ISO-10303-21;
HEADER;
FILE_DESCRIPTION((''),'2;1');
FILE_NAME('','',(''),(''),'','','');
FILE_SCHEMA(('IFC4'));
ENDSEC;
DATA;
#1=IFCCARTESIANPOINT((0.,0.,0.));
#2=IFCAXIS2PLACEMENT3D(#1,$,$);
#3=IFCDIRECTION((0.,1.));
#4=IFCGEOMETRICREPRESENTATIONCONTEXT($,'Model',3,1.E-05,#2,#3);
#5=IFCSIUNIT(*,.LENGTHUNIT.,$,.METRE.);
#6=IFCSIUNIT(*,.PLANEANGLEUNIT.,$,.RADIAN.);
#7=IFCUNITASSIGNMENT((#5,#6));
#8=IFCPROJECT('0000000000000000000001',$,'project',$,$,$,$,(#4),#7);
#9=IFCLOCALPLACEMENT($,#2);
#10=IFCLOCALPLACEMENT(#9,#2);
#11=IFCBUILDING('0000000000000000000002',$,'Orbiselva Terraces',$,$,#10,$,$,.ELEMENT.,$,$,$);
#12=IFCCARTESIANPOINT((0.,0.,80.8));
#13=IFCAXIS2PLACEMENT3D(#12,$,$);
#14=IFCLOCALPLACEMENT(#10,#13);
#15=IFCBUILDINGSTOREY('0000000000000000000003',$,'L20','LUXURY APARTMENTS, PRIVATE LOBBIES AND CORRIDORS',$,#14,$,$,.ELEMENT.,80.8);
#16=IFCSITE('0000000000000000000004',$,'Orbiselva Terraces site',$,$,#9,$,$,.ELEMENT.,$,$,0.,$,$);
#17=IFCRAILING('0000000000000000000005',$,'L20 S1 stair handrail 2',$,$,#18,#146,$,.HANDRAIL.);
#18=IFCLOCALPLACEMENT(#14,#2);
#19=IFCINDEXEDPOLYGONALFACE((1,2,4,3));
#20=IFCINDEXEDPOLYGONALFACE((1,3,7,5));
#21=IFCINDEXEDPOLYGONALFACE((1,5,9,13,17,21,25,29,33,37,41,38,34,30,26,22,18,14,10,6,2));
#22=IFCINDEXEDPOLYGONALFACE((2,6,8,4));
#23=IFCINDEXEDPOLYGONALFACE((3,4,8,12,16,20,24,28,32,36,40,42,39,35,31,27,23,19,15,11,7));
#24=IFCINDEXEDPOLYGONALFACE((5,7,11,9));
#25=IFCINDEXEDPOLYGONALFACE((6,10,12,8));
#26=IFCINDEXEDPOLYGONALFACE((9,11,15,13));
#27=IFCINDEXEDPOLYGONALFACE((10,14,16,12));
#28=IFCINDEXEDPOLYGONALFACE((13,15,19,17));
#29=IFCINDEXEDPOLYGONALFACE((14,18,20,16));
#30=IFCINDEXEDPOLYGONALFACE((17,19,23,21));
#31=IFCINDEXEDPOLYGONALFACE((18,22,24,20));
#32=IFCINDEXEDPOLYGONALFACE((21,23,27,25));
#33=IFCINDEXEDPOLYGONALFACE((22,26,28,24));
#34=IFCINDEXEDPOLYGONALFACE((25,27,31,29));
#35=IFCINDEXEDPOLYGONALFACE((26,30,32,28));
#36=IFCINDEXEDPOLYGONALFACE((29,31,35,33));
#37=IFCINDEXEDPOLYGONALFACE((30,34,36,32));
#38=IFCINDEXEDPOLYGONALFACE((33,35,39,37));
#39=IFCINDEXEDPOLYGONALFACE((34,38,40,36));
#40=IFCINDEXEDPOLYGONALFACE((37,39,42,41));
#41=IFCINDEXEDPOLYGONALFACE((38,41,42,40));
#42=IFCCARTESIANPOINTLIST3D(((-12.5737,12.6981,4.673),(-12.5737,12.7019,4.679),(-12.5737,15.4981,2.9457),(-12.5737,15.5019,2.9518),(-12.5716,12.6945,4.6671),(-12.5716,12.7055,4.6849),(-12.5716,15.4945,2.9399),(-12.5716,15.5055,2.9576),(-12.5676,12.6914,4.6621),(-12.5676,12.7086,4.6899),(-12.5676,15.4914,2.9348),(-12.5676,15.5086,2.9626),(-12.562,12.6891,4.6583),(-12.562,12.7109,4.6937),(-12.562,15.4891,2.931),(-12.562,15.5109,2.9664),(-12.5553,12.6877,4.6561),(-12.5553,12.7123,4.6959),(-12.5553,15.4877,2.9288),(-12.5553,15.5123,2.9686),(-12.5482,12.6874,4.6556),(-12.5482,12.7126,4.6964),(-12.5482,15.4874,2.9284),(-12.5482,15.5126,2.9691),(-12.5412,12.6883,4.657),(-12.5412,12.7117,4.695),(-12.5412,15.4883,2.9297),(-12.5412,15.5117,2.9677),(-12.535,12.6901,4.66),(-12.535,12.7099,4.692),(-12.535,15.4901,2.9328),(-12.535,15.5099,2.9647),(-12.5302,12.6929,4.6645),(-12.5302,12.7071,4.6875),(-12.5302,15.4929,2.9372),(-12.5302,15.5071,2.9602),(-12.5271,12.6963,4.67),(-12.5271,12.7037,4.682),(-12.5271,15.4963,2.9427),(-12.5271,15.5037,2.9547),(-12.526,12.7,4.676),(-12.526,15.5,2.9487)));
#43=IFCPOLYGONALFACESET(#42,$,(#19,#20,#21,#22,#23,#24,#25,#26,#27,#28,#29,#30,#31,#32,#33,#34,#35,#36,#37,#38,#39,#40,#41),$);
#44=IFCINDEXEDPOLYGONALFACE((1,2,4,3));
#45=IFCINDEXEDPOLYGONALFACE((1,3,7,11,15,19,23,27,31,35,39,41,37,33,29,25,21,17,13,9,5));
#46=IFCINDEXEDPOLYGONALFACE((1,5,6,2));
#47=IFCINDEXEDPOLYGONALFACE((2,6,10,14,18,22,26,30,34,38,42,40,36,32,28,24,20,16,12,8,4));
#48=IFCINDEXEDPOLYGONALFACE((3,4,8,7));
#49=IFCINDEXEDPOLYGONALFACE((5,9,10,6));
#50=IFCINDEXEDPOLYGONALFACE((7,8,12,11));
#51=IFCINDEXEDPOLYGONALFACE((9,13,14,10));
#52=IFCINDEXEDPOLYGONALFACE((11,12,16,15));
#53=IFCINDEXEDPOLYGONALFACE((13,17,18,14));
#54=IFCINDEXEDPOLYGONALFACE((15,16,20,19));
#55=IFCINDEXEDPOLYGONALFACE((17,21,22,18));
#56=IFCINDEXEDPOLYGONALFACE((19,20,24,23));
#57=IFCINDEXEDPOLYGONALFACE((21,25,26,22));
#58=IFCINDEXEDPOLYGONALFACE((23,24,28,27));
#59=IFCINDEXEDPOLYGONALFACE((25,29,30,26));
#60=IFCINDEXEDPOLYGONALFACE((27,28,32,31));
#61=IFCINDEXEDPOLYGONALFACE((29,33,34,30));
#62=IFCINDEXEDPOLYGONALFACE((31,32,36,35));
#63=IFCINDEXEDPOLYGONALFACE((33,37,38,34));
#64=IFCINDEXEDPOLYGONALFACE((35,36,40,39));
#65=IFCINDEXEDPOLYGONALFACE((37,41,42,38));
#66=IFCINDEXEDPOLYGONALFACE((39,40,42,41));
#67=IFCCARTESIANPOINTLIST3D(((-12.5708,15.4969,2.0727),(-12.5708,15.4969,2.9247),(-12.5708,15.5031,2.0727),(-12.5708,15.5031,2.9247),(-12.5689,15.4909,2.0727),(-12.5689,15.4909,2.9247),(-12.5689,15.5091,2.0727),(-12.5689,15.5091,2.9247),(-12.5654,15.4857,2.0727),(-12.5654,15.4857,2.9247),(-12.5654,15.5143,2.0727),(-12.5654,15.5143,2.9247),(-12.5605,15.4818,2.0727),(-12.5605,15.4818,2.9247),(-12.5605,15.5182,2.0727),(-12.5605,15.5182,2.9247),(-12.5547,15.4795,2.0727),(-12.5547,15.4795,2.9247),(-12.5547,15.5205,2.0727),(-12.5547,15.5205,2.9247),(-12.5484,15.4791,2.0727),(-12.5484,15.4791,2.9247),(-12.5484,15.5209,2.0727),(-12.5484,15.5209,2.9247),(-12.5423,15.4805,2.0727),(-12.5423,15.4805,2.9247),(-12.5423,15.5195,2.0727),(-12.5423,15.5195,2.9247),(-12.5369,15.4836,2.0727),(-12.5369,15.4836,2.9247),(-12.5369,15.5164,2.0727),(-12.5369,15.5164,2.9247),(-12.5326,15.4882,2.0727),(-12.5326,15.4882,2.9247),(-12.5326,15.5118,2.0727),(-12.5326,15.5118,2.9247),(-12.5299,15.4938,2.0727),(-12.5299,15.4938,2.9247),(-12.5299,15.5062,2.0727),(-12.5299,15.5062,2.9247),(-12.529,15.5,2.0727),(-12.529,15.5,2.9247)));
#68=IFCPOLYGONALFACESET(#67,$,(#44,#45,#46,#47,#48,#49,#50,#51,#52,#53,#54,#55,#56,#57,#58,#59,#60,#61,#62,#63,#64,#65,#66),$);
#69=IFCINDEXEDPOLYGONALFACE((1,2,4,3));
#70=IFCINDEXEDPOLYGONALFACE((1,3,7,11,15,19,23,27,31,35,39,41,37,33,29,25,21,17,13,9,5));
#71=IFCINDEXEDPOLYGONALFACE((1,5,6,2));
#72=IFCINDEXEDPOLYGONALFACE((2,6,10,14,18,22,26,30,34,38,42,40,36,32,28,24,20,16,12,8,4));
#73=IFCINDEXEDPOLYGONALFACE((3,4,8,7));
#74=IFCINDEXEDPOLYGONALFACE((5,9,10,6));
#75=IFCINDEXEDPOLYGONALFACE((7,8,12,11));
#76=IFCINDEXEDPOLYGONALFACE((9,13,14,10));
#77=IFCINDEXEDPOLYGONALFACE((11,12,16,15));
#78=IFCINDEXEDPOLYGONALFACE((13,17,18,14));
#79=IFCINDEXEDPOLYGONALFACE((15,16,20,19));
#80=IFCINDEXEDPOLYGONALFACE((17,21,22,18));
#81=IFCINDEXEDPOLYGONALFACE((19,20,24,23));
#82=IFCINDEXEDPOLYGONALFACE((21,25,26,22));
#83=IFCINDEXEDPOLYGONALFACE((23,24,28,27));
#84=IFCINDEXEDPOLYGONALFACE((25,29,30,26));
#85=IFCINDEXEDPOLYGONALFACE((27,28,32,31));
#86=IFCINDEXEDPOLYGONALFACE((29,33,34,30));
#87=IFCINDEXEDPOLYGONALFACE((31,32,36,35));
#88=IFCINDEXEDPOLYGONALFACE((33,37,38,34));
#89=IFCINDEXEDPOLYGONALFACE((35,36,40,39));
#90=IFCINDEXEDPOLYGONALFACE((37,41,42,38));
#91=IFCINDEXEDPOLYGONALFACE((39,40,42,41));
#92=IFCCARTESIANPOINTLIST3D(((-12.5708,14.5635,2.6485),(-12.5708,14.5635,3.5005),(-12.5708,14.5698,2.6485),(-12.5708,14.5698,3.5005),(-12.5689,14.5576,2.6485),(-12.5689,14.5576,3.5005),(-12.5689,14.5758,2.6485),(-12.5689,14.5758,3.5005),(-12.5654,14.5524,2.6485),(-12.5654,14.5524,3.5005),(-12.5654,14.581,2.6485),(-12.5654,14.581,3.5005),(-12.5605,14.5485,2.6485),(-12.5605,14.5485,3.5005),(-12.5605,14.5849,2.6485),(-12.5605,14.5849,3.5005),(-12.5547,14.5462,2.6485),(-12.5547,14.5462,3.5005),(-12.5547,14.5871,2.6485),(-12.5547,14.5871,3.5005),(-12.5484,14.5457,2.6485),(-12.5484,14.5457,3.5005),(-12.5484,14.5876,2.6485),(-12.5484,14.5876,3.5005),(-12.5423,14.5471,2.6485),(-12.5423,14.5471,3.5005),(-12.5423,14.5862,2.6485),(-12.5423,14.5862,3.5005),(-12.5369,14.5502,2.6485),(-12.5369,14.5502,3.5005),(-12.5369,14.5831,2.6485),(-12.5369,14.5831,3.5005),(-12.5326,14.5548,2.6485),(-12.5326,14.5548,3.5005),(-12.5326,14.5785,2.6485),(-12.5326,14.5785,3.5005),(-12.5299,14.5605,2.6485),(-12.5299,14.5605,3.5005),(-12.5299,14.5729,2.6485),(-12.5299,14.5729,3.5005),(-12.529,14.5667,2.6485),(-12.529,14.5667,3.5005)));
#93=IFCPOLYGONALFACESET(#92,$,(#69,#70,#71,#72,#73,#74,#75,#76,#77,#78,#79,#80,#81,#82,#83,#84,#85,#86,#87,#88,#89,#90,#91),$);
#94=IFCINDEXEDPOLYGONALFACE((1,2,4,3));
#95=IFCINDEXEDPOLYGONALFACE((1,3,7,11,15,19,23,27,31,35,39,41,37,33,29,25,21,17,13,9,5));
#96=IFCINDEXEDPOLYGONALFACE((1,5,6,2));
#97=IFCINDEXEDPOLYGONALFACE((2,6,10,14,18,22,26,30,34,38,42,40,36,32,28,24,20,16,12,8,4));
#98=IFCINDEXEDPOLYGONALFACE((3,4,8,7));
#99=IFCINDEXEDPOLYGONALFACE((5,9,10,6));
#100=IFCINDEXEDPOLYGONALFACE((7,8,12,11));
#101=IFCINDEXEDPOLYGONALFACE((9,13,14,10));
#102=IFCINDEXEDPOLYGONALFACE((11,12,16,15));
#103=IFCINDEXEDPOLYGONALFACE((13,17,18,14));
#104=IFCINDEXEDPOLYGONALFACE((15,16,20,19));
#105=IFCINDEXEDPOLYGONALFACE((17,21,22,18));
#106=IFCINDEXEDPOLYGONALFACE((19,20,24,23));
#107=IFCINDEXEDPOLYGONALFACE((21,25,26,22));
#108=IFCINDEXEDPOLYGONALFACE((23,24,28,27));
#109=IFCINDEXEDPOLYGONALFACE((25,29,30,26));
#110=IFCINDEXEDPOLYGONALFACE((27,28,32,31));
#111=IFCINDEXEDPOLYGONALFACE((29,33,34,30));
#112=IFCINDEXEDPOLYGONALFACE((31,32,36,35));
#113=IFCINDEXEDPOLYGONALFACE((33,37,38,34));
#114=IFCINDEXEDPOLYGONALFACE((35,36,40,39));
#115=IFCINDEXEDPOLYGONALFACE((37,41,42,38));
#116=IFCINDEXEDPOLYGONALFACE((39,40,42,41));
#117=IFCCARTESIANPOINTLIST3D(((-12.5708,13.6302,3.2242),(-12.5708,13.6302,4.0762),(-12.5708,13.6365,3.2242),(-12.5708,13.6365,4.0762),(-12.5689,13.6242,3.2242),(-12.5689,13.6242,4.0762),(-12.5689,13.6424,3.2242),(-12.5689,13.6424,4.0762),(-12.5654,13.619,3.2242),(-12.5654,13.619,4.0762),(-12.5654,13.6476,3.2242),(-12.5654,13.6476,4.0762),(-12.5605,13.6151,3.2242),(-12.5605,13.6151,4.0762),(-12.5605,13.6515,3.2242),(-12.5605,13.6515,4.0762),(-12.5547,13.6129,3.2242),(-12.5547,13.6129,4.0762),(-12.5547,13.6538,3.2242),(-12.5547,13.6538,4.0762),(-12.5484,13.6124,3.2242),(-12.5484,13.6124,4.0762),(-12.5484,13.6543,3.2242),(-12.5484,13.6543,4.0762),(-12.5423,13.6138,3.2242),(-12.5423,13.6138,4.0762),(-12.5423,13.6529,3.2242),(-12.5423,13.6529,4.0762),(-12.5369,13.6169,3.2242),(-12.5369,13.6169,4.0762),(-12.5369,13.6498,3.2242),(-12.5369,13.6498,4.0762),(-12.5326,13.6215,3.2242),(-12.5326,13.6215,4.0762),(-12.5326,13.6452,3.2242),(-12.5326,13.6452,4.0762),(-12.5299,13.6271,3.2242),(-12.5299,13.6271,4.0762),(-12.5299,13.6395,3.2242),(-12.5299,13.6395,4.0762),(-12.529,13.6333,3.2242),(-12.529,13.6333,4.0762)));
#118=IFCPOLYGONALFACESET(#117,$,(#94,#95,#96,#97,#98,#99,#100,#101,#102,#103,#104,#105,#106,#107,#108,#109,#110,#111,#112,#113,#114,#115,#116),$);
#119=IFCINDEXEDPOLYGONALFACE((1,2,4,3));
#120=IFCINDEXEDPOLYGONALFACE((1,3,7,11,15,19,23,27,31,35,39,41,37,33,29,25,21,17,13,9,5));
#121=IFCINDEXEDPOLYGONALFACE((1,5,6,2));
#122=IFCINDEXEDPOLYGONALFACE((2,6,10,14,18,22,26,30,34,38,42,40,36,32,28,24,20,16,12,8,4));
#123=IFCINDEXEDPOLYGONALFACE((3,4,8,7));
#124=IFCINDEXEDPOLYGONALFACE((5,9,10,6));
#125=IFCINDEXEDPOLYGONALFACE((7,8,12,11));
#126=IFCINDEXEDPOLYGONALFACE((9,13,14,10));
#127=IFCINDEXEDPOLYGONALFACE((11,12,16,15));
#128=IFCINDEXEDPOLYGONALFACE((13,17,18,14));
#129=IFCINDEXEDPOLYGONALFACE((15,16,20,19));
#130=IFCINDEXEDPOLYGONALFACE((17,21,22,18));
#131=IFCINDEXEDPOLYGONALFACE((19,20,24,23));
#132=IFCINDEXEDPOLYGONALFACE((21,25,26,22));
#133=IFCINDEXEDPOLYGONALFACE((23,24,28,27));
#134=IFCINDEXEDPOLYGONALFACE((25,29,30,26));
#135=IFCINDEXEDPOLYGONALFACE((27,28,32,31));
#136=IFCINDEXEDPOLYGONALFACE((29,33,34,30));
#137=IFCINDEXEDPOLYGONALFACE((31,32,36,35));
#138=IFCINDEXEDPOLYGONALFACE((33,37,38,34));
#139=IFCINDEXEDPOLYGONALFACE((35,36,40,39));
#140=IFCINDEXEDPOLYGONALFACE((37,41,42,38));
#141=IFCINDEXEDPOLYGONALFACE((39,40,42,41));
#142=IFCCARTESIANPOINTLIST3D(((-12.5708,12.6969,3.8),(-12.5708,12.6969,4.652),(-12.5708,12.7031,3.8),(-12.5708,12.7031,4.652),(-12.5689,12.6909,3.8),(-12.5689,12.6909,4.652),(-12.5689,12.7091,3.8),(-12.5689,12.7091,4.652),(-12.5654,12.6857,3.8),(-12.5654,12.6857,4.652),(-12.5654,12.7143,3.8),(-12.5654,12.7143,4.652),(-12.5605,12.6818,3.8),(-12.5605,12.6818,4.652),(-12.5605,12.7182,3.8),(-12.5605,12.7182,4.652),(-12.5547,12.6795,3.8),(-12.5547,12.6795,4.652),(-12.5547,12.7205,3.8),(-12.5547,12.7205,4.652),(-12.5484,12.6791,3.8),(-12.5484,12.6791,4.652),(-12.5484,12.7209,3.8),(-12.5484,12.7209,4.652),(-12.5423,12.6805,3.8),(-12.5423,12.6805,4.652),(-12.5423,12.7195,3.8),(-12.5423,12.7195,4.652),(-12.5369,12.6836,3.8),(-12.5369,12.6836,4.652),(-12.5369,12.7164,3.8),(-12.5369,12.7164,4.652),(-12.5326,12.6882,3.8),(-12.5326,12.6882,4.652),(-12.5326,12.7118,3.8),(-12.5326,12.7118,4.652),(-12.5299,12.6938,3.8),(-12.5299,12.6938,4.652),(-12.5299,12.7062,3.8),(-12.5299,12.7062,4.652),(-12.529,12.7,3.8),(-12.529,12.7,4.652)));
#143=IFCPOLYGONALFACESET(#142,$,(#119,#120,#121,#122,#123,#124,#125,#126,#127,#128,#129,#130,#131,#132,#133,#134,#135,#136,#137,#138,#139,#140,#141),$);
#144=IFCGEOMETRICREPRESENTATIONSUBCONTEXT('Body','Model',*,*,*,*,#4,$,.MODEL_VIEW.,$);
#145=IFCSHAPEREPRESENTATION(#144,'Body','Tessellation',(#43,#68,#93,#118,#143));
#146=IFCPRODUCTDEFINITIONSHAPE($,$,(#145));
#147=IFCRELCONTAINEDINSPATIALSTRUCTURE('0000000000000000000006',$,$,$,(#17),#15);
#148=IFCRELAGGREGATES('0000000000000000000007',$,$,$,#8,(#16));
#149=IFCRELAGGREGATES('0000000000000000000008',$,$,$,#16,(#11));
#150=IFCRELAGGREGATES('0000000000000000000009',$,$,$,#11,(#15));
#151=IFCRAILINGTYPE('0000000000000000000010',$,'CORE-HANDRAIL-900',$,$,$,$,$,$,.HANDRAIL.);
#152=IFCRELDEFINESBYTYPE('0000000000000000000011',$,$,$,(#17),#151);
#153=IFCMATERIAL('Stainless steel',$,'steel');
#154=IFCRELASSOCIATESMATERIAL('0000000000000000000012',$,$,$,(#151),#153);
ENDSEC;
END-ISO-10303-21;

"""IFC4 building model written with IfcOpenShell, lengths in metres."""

from ifc_helpers import new_model, si_unit, direction, frame, origin, origin_2d, place, context, subcontext, project, spatial, circle, extrude, material, type_object, element, save


model = new_model("IFC4")

# Units and contexts
model_context = context("Model", 3, precision=1e-05, world=origin(), true_north=direction((0.0, 1.0)))
body_context = subcontext(model_context, "Body", "Model", "MODEL_VIEW")
ifc_project = project(units=[si_unit("LENGTHUNIT", "METRE"), si_unit("PLANEANGLEUNIT", "RADIAN")], contexts=[model_context])

# Site, building, storey
site_placement = place(None, origin())
site = spatial("IfcSite", under=ifc_project, at=site_placement, Name="Orbiselva Terraces site", CompositionType="ELEMENT", RefElevation=0.0)
building_placement = place(site_placement, origin())
building = spatial("IfcBuilding", under=site, at=building_placement, Name="Orbiselva Terraces", CompositionType="ELEMENT")
storey_placement = place(building_placement, frame((0.0, 0.0, 80.8)))
storey = spatial("IfcBuildingStorey", under=building, at=storey_placement, Name="L20", Description="LUXURY APARTMENTS, PRIVATE LOBBIES AND CORRIDORS", CompositionType="ELEMENT", Elevation=80.8)

# Railing
ifc_material_1 = material(Name="Stainless steel", Category="steel")
railing_type = type_object("IfcRailingType", Name="CORE-HANDRAIL-900", PredefinedType="HANDRAIL", material=ifc_material_1)
railing_placement = place(storey_placement, frame((-12.55, 15.5, 2.0727)))
element("IfcRailing", 1, at=railing_placement, inside=storey, type_object=railing_type, Name="L20 S1 stair handrail 2", PredefinedType="HANDRAIL", context=body_context, shape_type="SweptSolid", body=[
    extrude(circle(Radius=0.024, at=origin_2d()), frame((0.0, 0.0, 0.876), z_axis=(0.0, -0.851089, 0.525022), x_axis=(1.0, 0.0, 0.0)), (0.0, 0.0, 1.0), 3.2899),
    extrude(circle(Radius=0.021, at=origin_2d()), origin(), (0.0, 0.0, 1.0), 0.852),
    extrude(circle(Radius=0.021, at=origin_2d()), frame((0.0, -0.9333, 0.5758)), (0.0, 0.0, 1.0), 0.852),
    extrude(circle(Radius=0.021, at=origin_2d()), frame((0.0, -1.8667, 1.1515)), (0.0, 0.0, 1.0), 0.852),
    extrude(circle(Radius=0.021, at=origin_2d()), frame((0.0, -2.8, 1.7273)), (0.0, 0.0, 1.0), 0.852),
])

save(model, "model.ifc")
